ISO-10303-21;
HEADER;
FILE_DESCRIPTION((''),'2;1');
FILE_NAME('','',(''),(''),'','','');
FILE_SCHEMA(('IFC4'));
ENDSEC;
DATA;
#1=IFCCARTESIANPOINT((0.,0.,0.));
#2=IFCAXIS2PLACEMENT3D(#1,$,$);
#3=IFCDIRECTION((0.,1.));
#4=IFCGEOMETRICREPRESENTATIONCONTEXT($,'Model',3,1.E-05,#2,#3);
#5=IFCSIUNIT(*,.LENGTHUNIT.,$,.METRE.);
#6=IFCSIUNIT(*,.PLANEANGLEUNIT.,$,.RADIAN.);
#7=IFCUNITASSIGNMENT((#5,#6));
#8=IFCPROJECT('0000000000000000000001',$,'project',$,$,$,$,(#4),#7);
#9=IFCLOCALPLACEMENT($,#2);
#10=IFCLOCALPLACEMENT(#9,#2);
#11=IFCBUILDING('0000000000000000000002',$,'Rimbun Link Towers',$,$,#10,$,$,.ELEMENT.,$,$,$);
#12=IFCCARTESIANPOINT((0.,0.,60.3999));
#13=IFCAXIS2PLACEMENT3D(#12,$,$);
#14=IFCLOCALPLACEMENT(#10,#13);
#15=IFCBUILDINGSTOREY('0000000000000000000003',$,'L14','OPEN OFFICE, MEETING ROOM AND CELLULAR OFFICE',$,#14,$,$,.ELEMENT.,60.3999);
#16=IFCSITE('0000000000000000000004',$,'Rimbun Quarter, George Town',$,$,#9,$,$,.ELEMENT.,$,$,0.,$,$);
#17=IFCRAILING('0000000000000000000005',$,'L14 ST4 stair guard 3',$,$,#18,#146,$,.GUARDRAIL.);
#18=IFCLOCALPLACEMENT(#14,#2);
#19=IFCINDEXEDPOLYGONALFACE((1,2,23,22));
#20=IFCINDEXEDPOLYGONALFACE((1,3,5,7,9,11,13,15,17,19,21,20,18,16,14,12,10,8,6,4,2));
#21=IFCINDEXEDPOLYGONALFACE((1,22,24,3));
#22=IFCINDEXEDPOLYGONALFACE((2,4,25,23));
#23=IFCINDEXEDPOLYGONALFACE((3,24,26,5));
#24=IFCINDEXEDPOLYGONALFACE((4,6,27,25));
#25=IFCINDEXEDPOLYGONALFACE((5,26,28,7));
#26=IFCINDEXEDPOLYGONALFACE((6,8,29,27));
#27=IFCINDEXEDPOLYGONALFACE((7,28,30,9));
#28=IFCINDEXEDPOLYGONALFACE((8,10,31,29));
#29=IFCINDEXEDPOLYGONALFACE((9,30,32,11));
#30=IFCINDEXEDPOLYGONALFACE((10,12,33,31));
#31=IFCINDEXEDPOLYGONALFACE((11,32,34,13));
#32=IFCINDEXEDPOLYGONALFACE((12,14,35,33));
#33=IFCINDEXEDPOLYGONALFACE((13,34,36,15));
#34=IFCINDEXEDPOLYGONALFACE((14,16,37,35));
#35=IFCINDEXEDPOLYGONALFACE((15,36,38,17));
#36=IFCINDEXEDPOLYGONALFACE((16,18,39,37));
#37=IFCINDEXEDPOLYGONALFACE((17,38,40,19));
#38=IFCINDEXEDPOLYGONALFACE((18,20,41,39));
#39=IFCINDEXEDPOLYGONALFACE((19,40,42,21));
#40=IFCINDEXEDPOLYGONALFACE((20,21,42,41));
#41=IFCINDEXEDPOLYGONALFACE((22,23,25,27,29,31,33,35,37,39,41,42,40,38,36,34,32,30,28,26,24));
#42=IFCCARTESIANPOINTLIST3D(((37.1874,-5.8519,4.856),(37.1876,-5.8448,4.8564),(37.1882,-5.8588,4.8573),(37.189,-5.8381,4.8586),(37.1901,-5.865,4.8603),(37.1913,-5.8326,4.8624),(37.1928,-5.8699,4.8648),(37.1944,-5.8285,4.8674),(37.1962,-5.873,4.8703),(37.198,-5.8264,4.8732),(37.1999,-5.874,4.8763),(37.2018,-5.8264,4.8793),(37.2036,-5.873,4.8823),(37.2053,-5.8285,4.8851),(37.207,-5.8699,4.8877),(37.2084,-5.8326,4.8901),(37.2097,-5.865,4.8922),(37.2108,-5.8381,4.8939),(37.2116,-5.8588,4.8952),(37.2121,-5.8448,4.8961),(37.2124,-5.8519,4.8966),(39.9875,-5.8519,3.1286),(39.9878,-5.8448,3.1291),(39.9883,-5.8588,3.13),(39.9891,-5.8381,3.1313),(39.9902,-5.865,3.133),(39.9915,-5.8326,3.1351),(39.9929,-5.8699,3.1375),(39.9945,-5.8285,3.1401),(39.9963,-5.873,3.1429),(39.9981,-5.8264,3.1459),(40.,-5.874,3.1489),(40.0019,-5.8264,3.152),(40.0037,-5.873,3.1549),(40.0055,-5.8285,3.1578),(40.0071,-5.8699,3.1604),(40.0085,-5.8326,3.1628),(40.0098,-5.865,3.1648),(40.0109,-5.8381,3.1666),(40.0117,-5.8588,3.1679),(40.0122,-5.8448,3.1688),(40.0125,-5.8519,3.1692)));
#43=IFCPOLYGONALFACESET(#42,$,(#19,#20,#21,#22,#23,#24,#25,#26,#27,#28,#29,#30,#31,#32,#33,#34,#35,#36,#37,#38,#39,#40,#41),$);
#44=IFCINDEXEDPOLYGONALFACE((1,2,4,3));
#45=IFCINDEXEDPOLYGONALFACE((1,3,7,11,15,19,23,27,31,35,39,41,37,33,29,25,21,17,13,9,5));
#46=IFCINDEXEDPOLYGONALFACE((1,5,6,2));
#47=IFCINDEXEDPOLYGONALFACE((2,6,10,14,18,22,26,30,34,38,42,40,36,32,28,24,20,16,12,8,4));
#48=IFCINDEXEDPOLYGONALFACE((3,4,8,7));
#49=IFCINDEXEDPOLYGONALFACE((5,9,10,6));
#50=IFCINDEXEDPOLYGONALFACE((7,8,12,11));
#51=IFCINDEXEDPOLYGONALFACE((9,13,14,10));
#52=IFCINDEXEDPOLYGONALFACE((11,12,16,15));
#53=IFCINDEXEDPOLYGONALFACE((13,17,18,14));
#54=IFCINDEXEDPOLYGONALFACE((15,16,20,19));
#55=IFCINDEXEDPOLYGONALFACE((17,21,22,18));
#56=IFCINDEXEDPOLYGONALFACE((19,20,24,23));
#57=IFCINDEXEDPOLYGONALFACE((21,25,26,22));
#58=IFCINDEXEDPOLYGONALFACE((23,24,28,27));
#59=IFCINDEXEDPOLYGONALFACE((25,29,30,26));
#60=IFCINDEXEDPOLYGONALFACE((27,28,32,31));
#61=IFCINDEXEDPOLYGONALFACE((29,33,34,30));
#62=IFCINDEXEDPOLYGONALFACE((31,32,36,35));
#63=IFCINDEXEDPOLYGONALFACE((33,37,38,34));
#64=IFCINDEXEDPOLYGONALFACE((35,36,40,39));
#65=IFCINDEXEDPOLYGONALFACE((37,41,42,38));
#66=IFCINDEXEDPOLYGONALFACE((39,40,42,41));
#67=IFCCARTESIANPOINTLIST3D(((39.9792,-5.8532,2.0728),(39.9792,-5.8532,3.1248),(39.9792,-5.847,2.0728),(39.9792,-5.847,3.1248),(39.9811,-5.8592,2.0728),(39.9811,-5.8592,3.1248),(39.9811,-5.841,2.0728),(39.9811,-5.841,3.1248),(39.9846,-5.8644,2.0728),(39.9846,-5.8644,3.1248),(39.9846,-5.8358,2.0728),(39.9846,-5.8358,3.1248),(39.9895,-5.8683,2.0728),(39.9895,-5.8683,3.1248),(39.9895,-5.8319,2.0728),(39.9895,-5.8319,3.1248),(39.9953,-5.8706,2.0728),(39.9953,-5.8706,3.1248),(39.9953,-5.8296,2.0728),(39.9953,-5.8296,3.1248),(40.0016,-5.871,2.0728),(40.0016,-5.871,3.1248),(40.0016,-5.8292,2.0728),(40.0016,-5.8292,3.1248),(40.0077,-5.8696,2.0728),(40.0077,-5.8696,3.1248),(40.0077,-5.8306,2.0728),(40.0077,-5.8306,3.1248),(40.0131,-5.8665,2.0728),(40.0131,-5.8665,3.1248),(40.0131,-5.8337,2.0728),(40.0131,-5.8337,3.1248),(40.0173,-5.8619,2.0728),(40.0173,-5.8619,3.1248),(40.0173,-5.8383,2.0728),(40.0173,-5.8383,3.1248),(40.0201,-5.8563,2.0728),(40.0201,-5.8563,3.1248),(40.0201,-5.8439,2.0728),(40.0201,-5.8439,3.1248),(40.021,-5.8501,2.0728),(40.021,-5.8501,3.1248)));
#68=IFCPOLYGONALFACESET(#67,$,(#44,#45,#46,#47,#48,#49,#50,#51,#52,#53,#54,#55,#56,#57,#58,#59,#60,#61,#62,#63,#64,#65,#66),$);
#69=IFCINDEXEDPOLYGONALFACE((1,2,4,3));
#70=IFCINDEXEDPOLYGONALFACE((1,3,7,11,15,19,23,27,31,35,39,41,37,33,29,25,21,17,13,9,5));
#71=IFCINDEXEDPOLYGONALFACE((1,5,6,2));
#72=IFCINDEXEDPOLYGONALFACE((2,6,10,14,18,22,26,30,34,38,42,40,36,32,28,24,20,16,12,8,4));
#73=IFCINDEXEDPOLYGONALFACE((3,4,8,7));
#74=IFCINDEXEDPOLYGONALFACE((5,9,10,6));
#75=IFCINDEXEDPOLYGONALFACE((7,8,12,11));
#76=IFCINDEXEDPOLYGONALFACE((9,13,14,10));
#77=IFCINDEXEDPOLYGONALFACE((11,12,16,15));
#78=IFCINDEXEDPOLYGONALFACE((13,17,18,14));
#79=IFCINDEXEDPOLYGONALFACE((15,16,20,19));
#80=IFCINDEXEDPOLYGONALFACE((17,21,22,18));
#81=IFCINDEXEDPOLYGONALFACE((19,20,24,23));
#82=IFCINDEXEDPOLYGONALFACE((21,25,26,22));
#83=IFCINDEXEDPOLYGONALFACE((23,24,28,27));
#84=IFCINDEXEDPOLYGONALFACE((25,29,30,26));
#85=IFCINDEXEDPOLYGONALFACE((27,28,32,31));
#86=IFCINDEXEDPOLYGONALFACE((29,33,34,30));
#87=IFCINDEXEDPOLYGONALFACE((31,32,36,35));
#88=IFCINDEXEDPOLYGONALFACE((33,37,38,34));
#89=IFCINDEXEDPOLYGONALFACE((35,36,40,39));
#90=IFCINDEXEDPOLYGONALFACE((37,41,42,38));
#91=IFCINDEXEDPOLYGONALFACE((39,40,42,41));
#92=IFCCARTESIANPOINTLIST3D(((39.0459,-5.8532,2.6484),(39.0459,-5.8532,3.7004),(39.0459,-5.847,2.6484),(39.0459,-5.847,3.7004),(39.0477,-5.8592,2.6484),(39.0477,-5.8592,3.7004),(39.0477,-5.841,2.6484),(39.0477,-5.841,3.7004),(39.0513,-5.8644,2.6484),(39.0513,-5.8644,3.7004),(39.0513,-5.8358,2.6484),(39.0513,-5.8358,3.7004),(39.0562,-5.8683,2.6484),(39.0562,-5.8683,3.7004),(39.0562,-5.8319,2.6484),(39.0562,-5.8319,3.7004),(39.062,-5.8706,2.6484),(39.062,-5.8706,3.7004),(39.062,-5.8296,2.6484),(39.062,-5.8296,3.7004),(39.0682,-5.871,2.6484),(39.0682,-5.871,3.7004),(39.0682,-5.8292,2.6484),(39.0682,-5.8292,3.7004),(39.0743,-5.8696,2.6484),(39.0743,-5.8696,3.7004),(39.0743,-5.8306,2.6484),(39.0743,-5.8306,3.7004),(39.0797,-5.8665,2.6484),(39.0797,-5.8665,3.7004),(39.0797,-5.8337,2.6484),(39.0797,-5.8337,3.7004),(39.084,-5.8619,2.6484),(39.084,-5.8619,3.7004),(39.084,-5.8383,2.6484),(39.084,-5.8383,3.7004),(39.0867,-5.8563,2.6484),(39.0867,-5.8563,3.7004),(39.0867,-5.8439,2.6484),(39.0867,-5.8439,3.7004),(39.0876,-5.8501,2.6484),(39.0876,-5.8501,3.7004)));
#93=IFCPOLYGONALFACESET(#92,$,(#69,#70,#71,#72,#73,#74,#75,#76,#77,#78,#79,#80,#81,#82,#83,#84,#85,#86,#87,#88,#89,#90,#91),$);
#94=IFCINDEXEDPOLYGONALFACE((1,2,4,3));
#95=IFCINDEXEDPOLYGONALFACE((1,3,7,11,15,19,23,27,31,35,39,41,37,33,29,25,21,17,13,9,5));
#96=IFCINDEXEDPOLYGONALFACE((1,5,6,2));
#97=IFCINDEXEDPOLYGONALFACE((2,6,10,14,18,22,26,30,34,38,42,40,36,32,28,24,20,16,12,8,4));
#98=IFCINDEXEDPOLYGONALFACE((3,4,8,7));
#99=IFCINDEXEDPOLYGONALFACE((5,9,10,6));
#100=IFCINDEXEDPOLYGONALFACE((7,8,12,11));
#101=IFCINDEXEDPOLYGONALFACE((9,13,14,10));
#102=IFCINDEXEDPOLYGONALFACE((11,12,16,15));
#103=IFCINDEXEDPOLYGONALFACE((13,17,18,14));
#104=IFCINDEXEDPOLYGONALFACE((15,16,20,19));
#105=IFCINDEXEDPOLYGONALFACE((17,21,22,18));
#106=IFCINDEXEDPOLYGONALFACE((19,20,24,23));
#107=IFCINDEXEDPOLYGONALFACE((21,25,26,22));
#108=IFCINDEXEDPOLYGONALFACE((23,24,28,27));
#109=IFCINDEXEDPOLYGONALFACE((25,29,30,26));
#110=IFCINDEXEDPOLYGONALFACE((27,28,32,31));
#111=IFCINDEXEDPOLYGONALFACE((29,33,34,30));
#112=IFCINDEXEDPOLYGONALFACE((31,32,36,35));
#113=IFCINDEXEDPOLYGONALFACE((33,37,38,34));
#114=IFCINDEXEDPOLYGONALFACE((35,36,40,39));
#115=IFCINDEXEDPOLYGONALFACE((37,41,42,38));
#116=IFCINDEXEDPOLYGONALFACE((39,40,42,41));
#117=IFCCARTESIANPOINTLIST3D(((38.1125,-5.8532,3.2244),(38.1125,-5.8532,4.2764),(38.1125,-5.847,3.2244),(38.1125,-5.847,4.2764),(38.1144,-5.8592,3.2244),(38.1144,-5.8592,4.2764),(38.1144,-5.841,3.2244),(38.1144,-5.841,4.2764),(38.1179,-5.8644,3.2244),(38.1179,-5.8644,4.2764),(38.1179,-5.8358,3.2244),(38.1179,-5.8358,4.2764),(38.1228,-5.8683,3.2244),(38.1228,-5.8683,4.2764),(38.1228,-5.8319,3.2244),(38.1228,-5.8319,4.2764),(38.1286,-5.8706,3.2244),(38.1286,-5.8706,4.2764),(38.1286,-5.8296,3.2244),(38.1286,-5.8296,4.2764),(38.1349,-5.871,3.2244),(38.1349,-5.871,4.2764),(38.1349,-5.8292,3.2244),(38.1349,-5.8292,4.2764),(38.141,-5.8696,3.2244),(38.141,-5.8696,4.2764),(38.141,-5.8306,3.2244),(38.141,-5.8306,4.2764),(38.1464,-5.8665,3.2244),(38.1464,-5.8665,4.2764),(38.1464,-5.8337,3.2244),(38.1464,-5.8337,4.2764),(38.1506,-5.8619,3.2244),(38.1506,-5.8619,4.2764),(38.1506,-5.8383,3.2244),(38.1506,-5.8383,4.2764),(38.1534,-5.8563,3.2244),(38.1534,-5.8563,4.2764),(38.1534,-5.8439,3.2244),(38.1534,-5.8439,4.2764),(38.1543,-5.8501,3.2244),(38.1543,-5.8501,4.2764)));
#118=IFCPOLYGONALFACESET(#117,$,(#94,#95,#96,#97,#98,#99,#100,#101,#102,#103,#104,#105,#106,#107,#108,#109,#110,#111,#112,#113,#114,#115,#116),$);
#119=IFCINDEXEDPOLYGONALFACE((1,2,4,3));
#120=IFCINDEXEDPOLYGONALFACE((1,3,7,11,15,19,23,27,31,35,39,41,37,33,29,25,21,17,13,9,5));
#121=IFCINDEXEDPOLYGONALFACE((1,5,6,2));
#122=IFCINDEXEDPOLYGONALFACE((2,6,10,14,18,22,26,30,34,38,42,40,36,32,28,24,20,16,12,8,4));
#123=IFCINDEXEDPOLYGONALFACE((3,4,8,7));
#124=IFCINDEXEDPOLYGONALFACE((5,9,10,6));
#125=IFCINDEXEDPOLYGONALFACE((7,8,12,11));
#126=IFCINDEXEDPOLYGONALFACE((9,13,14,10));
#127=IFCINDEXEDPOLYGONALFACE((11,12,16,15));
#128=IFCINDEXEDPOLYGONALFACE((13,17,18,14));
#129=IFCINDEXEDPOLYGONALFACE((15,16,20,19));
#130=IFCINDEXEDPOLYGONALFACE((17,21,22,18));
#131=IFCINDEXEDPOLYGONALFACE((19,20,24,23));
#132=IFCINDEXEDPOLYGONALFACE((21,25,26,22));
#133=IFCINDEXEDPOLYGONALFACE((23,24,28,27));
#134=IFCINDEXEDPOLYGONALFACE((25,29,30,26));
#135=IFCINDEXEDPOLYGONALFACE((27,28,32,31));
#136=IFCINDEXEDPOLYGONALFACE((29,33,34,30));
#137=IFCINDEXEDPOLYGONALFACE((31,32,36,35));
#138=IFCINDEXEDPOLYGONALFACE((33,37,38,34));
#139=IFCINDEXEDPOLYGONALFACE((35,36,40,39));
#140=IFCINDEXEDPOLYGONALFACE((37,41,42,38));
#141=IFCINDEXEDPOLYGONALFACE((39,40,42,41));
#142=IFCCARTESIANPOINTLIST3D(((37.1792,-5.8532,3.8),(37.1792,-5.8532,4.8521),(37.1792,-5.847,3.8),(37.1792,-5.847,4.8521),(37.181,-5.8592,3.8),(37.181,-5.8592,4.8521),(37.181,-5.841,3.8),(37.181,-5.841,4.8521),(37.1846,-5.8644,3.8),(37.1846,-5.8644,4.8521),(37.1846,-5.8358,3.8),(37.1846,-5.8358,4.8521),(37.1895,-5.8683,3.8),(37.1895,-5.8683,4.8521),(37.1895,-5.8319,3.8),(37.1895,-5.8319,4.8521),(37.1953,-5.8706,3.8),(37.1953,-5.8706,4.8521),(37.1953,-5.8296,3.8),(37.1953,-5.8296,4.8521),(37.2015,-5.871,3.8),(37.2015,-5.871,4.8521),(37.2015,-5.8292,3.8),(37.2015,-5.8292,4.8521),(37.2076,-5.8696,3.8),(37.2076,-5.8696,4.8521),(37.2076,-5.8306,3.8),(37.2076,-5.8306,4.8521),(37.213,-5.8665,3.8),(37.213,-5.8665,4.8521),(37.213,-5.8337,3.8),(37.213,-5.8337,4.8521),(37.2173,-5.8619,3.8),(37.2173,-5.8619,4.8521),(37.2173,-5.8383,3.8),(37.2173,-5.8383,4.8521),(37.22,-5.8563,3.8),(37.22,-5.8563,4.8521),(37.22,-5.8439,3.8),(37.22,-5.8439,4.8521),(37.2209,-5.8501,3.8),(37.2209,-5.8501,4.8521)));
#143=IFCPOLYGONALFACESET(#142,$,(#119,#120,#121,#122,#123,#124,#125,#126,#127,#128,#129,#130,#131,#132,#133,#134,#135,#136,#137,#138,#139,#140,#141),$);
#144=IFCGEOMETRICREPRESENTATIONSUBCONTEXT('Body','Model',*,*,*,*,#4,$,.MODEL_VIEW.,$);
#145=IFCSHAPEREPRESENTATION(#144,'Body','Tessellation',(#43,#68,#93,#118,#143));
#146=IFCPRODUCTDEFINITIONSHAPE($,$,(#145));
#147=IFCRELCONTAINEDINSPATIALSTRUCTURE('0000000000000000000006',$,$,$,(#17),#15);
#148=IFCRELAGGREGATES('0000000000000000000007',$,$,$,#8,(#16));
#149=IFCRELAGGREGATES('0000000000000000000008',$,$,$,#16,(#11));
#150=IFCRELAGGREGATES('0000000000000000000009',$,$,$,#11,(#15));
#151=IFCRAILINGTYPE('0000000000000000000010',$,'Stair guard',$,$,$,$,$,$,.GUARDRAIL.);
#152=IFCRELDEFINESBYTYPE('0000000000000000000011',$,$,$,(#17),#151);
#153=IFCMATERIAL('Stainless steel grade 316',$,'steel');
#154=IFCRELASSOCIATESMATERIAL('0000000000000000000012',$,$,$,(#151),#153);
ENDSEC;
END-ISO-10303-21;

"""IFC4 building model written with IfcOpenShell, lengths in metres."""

from ifc_helpers import new_model, si_unit, direction, frame, origin, origin_2d, place, context, subcontext, project, spatial, circle, extrude, material, type_object, element, save


model = new_model("IFC4")

# Units and contexts
model_context = context("Model", 3, precision=1e-05, world=origin(), true_north=direction((0.0, 1.0)))
body_context = subcontext(model_context, "Body", "Model", "MODEL_VIEW")
ifc_project = project(units=[si_unit("LENGTHUNIT", "METRE"), si_unit("PLANEANGLEUNIT", "RADIAN")], contexts=[model_context])

# Site, building, storey
site_placement = place(None, origin())
site = spatial("IfcSite", under=ifc_project, at=site_placement, Name="Rimbun Quarter, George Town", CompositionType="ELEMENT", RefElevation=0.0)
building_placement = place(site_placement, origin())
building = spatial("IfcBuilding", under=site, at=building_placement, Name="Rimbun Link Towers", CompositionType="ELEMENT")
storey_placement = place(building_placement, frame((0.0, 0.0, 60.3999)))
storey = spatial("IfcBuildingStorey", under=building, at=storey_placement, Name="L14", Description="OPEN OFFICE, MEETING ROOM AND CELLULAR OFFICE", CompositionType="ELEMENT", Elevation=60.3999)

# Railing
ifc_material_1 = material(Name="Stainless steel grade 316", Category="steel")
railing_type_1 = type_object("IfcRailingType", Name="Stair guard", PredefinedType="GUARDRAIL", material=ifc_material_1)
railing_1_placement = place(storey_placement, frame((40.0, -5.8501, 2.0728)))
element("IfcRailing", 1, at=railing_1_placement, inside=storey, type_object=railing_type_1, Name="L14 ST4 stair guard 3", PredefinedType="GUARDRAIL", context=body_context, shape_type="SweptSolid", body=[
    extrude(circle(Radius=0.0239, at=origin_2d()), frame((0.0, 0.0, 1.0762), z_axis=(-0.85109, 0.0, 0.52502), x_axis=(0.0, -1.0, 0.0)), (0.0, 0.0, 1.0), 3.29),
    extrude(circle(Radius=0.021, at=origin_2d()), origin(), (0.0, 0.0, 1.0), 1.052),
    extrude(circle(Radius=0.021, at=origin_2d()), frame((-0.9333, 0.0, 0.5757)), (0.0, 0.0, 1.0), 1.052),
    extrude(circle(Radius=0.021, at=origin_2d()), frame((-1.8667, 0.0, 1.1516)), (0.0, 0.0, 1.0), 1.052),
    extrude(circle(Radius=0.021, at=origin_2d()), frame((-2.8, 0.0, 1.7273)), (0.0, 0.0, 1.0), 1.052),
])

save(model, "model.ifc")
